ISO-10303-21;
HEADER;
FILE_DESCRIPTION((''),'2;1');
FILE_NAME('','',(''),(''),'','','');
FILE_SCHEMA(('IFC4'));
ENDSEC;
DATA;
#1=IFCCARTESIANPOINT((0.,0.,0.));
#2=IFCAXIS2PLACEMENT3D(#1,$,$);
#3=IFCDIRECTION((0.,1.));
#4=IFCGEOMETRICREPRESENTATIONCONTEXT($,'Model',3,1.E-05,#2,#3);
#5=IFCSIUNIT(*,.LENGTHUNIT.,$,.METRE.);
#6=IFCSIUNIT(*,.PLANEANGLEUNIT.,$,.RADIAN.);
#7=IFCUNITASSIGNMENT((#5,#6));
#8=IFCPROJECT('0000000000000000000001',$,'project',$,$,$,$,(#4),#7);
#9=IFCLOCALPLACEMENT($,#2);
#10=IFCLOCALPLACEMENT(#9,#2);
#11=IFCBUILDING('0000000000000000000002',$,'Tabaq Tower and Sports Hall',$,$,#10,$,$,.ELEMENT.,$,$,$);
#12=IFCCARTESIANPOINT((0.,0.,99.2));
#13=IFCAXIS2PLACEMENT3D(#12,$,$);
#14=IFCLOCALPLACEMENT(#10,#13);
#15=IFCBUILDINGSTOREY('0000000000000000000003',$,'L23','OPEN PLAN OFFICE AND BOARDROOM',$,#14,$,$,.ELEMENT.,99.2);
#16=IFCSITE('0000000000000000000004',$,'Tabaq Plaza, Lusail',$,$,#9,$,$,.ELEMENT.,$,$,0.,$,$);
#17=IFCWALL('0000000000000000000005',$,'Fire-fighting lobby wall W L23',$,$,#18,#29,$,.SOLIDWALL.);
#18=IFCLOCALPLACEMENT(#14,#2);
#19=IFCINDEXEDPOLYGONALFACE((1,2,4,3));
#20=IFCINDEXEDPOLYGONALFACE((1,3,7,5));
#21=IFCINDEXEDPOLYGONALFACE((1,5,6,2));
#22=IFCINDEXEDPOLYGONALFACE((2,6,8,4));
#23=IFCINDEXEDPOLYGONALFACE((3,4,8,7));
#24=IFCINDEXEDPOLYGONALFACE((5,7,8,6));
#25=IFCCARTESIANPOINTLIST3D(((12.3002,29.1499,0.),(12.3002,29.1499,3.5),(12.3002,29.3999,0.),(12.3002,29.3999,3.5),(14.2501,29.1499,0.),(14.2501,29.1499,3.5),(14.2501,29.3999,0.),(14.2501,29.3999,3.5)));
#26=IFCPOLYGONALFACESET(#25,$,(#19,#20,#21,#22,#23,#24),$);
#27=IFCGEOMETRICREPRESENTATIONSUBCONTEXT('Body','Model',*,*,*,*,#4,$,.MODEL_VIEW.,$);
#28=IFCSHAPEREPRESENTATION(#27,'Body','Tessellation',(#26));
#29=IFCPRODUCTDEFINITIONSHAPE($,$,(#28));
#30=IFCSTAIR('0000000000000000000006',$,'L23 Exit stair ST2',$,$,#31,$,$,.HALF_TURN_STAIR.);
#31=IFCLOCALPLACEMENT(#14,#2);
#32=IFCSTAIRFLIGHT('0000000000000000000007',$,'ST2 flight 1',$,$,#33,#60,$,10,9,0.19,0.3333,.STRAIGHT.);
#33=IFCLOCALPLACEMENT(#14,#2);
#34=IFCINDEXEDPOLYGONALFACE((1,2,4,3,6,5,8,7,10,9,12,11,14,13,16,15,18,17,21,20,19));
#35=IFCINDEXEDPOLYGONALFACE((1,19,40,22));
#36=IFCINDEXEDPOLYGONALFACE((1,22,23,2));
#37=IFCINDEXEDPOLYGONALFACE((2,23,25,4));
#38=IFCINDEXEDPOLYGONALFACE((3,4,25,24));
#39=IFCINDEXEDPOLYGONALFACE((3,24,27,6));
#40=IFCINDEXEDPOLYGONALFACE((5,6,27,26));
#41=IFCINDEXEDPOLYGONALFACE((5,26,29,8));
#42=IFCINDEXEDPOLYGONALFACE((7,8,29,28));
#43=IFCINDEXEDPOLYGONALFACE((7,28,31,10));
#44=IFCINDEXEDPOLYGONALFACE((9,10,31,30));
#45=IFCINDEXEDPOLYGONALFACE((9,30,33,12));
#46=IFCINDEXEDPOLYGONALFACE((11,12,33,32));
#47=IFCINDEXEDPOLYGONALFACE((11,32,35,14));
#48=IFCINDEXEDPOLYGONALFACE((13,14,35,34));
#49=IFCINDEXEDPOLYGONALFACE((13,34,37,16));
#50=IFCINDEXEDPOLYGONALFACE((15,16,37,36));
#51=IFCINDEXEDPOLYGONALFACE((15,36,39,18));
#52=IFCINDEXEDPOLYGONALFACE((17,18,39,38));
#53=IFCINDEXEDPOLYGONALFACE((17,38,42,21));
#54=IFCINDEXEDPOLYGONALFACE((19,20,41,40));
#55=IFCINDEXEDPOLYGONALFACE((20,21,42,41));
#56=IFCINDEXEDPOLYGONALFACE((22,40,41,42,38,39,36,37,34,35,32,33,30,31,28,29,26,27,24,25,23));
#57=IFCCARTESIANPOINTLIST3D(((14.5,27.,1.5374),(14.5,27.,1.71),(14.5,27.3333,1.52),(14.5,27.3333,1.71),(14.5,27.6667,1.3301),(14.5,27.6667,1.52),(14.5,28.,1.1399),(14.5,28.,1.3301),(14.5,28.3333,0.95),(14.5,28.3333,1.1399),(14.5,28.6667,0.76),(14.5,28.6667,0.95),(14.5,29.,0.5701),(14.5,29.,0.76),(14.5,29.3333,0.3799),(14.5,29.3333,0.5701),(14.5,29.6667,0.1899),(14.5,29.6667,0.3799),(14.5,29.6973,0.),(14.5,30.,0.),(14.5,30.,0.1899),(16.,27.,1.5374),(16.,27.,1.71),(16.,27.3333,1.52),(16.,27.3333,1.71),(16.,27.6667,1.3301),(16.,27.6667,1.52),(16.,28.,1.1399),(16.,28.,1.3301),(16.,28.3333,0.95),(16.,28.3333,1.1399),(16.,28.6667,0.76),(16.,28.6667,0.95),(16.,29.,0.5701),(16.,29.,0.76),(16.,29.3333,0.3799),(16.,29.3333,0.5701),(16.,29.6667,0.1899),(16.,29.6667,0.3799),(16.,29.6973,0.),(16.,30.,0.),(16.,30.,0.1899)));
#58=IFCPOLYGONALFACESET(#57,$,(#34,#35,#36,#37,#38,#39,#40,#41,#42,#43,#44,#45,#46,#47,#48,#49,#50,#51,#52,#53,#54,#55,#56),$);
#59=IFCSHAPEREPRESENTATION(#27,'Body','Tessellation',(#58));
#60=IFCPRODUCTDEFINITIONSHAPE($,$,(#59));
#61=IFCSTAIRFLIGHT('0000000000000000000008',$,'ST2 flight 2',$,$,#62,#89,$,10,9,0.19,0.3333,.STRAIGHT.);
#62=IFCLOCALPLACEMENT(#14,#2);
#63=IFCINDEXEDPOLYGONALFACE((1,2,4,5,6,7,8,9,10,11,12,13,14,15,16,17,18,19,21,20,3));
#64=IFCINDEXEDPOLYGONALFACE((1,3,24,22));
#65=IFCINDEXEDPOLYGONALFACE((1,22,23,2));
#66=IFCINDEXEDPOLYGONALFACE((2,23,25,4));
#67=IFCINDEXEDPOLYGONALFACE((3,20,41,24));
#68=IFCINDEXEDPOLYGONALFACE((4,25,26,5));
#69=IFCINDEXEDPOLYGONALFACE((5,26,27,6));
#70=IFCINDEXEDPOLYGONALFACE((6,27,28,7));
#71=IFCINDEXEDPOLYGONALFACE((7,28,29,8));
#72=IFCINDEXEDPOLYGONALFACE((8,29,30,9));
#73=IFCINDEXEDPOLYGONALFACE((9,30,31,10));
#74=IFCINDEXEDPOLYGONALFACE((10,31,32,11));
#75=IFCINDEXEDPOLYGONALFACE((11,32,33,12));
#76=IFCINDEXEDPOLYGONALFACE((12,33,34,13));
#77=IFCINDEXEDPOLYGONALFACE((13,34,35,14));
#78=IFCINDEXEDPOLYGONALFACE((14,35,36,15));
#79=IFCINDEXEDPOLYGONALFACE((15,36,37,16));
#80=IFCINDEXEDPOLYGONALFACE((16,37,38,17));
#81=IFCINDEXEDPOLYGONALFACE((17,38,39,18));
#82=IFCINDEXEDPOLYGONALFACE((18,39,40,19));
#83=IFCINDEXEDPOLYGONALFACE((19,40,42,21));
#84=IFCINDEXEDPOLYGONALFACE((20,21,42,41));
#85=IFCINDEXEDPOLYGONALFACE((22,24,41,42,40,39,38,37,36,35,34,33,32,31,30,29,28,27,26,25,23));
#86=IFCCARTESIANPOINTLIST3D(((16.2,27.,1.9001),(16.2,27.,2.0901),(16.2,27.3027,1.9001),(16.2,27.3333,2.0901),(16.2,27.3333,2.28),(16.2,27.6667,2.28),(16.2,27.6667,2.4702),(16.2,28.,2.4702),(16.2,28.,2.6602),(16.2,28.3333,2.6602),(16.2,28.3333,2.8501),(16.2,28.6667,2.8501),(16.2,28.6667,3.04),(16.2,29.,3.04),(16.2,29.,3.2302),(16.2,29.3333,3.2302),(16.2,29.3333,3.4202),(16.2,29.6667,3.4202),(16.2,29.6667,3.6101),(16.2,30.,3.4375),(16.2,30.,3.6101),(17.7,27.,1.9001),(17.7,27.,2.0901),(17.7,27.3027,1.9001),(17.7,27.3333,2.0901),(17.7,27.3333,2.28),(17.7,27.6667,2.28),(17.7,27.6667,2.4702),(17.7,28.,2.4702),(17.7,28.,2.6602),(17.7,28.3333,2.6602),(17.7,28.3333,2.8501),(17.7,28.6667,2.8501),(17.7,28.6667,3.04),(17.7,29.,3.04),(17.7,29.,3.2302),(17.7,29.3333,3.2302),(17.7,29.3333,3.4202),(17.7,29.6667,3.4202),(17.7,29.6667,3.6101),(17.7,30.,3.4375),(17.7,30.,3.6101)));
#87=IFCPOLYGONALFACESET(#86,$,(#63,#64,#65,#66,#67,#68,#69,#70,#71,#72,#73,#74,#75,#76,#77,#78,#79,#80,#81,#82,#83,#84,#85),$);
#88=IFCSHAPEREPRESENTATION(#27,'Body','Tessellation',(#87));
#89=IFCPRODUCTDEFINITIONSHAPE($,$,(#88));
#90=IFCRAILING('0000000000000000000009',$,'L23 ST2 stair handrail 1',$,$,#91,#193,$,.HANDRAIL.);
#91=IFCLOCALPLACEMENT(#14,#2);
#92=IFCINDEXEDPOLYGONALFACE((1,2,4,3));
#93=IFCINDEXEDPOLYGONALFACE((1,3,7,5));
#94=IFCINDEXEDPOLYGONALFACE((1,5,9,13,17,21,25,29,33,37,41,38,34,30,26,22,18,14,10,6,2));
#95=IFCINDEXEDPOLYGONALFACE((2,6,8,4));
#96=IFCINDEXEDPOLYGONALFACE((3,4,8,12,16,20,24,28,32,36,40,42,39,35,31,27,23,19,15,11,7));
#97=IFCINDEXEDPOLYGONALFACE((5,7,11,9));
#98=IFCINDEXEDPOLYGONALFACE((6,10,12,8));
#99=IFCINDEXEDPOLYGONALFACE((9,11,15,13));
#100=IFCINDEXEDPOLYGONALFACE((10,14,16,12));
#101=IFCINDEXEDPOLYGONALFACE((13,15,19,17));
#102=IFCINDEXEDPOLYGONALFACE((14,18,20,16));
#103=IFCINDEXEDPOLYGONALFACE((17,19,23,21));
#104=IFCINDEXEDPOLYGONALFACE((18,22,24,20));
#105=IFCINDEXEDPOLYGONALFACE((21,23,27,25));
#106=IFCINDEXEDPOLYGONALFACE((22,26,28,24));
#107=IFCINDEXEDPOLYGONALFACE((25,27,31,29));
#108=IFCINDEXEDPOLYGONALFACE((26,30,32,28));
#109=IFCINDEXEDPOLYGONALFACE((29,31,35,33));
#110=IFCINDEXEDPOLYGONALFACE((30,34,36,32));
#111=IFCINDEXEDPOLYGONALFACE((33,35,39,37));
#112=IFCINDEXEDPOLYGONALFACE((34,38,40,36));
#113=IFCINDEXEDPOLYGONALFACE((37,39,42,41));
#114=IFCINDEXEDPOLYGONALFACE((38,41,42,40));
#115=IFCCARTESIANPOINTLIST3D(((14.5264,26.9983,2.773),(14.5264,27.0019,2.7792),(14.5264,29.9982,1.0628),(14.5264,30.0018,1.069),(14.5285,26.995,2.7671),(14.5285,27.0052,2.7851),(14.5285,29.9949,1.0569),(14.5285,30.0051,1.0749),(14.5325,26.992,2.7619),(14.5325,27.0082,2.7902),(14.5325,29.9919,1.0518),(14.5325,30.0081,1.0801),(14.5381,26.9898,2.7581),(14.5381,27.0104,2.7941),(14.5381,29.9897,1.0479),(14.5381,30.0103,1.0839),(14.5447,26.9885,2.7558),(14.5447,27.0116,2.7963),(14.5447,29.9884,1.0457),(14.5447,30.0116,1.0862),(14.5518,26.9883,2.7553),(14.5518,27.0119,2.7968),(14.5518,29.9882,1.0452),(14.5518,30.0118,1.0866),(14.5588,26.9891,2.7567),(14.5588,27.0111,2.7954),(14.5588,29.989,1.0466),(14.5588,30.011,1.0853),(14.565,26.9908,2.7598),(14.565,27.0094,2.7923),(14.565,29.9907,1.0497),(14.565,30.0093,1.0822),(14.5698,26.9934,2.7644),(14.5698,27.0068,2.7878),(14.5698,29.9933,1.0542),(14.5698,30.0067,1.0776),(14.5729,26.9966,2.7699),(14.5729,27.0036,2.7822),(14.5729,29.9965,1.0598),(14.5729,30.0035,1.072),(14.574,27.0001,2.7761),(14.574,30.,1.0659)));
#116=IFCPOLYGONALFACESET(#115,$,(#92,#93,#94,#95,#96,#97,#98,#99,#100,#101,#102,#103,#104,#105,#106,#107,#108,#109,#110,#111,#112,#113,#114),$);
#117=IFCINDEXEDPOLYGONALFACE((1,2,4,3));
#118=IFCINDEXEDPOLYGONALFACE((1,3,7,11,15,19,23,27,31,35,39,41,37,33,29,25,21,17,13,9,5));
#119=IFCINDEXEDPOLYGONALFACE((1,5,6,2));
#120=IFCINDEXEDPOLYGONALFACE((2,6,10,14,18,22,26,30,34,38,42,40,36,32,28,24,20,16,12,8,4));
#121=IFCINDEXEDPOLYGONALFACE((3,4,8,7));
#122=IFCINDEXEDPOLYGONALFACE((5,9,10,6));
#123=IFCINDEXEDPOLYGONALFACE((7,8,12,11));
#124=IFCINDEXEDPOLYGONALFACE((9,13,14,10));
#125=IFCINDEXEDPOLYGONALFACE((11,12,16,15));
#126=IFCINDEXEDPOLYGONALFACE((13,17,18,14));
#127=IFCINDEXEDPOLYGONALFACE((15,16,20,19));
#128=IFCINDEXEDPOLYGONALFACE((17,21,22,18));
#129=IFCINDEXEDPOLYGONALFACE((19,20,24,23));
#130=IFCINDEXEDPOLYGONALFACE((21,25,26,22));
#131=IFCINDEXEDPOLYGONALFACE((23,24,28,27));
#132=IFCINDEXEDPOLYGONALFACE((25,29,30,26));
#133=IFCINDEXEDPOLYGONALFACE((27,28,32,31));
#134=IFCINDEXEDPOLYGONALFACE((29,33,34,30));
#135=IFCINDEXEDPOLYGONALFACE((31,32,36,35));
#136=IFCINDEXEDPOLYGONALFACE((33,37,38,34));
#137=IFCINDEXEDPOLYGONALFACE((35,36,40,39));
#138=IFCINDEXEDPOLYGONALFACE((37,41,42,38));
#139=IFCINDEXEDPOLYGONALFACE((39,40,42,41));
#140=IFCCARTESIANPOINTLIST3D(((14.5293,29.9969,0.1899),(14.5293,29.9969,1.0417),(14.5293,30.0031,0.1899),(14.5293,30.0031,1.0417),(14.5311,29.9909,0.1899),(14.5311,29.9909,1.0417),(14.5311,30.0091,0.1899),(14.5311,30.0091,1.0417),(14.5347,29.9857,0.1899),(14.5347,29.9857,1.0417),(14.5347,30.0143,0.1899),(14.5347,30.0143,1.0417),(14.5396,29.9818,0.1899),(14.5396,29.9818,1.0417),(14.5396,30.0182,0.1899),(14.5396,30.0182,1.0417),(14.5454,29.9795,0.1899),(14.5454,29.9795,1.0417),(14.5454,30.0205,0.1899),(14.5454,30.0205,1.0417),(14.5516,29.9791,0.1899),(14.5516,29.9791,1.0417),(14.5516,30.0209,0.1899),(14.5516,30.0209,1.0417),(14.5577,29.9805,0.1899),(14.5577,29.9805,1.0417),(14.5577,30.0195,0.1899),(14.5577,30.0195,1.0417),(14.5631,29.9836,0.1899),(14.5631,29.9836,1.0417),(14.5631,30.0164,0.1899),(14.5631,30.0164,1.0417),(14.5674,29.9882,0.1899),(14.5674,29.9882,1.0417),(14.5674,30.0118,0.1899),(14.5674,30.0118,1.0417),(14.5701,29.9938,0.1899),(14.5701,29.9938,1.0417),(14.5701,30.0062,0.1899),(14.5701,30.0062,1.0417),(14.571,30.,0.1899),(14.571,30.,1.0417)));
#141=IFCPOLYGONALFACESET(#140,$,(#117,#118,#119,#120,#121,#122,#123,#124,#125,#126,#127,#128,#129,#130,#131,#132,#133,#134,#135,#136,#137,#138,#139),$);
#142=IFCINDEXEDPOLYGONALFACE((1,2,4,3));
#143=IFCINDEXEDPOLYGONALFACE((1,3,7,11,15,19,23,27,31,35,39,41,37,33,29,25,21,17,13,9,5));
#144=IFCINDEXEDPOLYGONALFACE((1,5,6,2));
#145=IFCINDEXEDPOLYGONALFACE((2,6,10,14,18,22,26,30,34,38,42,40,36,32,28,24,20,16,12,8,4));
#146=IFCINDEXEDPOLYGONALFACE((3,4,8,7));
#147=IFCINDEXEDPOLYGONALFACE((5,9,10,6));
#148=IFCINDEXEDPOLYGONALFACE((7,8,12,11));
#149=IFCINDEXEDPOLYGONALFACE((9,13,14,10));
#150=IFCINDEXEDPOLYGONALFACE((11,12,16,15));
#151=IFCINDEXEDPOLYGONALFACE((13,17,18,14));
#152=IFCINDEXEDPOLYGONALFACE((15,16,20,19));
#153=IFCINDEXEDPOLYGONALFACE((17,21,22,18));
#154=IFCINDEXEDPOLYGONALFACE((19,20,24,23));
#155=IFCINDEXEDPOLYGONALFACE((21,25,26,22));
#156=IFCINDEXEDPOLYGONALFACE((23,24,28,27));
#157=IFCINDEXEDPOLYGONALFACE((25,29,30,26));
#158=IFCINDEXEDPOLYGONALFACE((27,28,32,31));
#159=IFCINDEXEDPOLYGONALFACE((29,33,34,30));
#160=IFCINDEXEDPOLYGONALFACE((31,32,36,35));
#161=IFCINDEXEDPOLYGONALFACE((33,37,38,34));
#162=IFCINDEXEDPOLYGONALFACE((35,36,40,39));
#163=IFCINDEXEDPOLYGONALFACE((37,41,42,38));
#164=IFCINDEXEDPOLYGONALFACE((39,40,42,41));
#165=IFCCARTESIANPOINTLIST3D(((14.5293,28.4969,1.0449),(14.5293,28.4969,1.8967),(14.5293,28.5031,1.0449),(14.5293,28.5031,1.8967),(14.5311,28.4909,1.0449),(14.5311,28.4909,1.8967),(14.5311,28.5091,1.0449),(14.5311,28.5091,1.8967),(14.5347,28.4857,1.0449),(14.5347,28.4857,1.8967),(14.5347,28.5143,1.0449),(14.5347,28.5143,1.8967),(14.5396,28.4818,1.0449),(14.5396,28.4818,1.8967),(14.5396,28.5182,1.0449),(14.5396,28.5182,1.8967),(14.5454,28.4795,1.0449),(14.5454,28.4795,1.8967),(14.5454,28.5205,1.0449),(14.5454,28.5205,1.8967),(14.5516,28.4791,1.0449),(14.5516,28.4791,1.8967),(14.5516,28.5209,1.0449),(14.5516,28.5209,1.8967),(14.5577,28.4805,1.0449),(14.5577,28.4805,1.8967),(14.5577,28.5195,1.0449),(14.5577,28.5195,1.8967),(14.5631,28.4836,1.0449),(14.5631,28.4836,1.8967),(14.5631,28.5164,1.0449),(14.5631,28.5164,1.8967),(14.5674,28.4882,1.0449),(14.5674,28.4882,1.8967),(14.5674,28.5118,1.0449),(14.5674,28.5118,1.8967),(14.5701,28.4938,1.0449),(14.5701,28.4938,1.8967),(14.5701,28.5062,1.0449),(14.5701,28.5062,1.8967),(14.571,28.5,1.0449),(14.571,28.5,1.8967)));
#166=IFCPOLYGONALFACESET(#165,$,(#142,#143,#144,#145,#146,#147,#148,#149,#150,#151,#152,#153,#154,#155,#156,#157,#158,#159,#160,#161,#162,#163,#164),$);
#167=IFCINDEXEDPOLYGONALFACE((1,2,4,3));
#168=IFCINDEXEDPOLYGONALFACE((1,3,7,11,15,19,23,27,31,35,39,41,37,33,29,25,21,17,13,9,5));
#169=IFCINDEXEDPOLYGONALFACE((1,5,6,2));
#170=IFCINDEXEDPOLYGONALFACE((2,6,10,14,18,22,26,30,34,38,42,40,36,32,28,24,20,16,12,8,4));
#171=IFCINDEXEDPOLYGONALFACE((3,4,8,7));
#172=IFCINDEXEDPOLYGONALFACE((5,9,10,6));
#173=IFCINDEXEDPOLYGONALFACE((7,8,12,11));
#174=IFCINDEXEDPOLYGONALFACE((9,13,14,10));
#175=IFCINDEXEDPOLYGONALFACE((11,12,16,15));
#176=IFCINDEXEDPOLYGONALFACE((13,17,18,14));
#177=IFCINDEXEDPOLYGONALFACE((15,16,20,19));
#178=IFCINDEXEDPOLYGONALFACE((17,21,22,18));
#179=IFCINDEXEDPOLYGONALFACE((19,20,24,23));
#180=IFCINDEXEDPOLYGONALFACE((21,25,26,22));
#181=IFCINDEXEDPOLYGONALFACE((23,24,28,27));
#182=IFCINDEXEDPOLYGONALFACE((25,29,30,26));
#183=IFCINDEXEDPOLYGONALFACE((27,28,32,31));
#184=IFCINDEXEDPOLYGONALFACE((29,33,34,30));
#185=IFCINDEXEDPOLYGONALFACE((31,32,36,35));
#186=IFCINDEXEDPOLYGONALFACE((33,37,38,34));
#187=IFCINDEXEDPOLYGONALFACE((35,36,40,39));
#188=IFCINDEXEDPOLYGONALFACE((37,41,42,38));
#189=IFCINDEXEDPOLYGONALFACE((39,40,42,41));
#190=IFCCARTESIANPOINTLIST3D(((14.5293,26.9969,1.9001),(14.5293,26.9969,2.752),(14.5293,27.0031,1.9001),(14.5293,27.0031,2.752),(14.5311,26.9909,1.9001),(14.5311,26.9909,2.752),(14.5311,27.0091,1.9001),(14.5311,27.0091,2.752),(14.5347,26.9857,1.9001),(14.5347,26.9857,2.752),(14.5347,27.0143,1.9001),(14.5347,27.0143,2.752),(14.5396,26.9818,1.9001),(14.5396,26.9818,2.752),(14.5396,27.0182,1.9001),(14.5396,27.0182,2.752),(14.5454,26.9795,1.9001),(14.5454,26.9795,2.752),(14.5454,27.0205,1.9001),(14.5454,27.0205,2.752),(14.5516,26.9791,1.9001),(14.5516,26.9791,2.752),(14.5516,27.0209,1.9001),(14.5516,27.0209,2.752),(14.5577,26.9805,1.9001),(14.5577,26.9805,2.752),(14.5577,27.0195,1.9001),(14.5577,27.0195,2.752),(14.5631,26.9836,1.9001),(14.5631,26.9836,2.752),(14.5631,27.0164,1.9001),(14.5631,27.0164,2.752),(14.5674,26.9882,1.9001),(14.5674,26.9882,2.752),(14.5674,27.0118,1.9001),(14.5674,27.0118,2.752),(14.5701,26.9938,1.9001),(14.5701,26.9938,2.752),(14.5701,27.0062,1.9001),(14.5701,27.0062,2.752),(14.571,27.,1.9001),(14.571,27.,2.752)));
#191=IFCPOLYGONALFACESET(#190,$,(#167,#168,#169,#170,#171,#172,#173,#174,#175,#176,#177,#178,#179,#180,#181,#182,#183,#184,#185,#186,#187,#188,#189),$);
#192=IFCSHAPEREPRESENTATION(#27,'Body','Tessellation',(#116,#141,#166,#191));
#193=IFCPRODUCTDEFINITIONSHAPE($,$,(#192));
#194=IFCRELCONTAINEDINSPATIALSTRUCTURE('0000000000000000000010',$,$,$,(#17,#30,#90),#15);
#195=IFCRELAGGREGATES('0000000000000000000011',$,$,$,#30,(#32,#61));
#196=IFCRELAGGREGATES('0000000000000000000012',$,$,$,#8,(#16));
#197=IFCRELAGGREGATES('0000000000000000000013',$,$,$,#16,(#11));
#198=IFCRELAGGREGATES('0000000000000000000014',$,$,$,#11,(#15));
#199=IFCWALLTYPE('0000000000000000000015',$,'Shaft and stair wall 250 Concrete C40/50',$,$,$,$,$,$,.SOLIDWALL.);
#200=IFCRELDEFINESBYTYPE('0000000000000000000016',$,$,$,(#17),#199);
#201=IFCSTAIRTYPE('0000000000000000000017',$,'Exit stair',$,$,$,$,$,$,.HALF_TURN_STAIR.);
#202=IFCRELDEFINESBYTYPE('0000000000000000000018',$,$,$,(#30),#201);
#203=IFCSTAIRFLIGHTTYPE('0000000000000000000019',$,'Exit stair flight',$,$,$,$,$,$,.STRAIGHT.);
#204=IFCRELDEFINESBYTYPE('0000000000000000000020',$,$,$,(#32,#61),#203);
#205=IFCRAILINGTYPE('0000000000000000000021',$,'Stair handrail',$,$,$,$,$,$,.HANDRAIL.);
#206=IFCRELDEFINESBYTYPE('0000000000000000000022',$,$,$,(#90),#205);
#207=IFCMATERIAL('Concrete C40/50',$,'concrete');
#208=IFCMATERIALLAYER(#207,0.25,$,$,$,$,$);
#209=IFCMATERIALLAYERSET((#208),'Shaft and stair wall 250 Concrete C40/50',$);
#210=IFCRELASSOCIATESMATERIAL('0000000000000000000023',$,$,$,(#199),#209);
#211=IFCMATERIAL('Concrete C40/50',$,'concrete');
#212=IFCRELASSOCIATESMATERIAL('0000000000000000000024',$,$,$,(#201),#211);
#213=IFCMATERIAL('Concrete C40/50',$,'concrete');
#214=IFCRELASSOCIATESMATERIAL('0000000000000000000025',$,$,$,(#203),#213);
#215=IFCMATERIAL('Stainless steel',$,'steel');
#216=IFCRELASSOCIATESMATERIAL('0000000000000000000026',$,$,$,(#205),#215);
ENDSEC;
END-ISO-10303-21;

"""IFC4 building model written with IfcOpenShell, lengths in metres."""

from ifc_helpers import new_model, si_unit, direction, frame, frame_2d, origin, origin_2d, place, context, subcontext, project, spatial, polyline, rectangle, circle, outline, extrude, material, layer, layer_set, type_object, element, aggregate, save


model = new_model("IFC4")

# Units and contexts
model_context = context("Model", 3, precision=1e-05, world=origin(), true_north=direction((0.0, 1.0)))
body_context = subcontext(model_context, "Body", "Model", "MODEL_VIEW")
ifc_project = project(units=[si_unit("LENGTHUNIT", "METRE"), si_unit("PLANEANGLEUNIT", "RADIAN")], contexts=[model_context])

# Site, building, storey
site_placement = place(None, origin())
site = spatial("IfcSite", under=ifc_project, at=site_placement, Name="Tabaq Plaza, Lusail", CompositionType="ELEMENT", RefElevation=0.0)
building_placement = place(site_placement, origin())
building = spatial("IfcBuilding", under=site, at=building_placement, Name="Tabaq Tower and Sports Hall", CompositionType="ELEMENT")
storey_placement = place(building_placement, frame((0.0, 0.0, 99.2)))
storey = spatial("IfcBuildingStorey", under=building, at=storey_placement, Name="L23", Description="OPEN PLAN OFFICE AND BOARDROOM", CompositionType="ELEMENT", Elevation=99.2)

# Shared definitions
ifc_material_1 = material(Name="Concrete C40/50", Category="concrete")
ifc_layer_1 = layer(ifc_material_1, 0.25)
ifc_layer_set_1 = layer_set([ifc_layer_1], Name="Shaft and stair wall 250 Concrete C40/50")
wall_type_1 = type_object("IfcWallType", Name="Shaft and stair wall 250 Concrete C40/50", PredefinedType="SOLIDWALL", material=ifc_layer_set_1)

# Wall
wall_1_placement = place(storey_placement, frame((12.3, 29.2749, 0.0), z_axis=(0.0, 0.0, 1.0), x_axis=(1.0, 0.0, 0.0)))
element("IfcWall", 1, at=wall_1_placement, inside=storey, type_object=wall_type_1, Name="Fire-fighting lobby wall W L23", PredefinedType="SOLIDWALL", context=body_context, shape_type="SweptSolid", body=[
    extrude(rectangle(XDim=1.95, YDim=0.25, at=frame_2d((0.9751, 0.0))), origin(), (0.0, 0.0, 1.0), 3.5),
])

# Stair, stair flights
ifc_material_2 = material(Name="Concrete C40/50", Category="concrete")
stair_type = type_object("IfcStairType", Name="Exit stair", PredefinedType="HALF_TURN_STAIR", material=ifc_material_2)
stair_placement = place(storey_placement, origin())
stair = element("IfcStair", 2, at=stair_placement, inside=storey, type_object=stair_type, Name="L23 Exit stair ST2", PredefinedType="HALF_TURN_STAIR")
ifc_material_3 = material(Name="Concrete C40/50", Category="concrete")
stair_flight_type = type_object("IfcStairFlightType", Name="Exit stair flight", PredefinedType="STRAIGHT", material=ifc_material_3)
stair_flight_1_placement = place(storey_placement, frame((15.25, 30.0, 0.0), z_axis=(0.0, 0.0, 1.0), x_axis=(0.0, -1.0, 0.0)))
stair_flight_1 = element("IfcStairFlight", 3, at=stair_flight_1_placement, type_object=stair_flight_type, Name="ST2 flight 1", NumberOfRisers=10, NumberOfTreads=9, PredefinedType="STRAIGHT", RiserHeight=0.19, TreadLength=0.3333, context=body_context, shape_type="SweptSolid", body=[
    extrude(outline(polyline([(0.0, 0.0), (0.0, 0.1899), (0.3333, 0.1899), (0.3333, 0.3799), (0.6667, 0.3799), (0.6667, 0.5701), (1.0, 0.5701), (1.0, 0.76), (1.3333, 0.76), (1.3333, 0.95), (1.6667, 0.95), (1.6667, 1.1399), (2.0, 1.1399), (2.0, 1.3301), (2.3333, 1.3301), (2.3333, 1.52), (2.6667, 1.52), (2.6667, 1.71), (3.0, 1.71), (3.0, 1.8999), (3.0, 1.5374), (0.3027, 0.0), (0.0, 0.0)])), frame((0.0, 0.75, 0.0), z_axis=(0.0, -1.0, 0.0), x_axis=(1.0, 0.0, 0.0)), (0.0, 0.0, 1.0), 1.5),
])
stair_flight_2_placement = place(storey_placement, frame((16.95, 27.0, 1.9001), z_axis=(0.0, 0.0, 1.0), x_axis=(0.0, 1.0, 0.0)))
stair_flight_2 = element("IfcStairFlight", 4, at=stair_flight_2_placement, type_object=stair_flight_type, Name="ST2 flight 2", NumberOfRisers=10, NumberOfTreads=9, PredefinedType="STRAIGHT", RiserHeight=0.19, TreadLength=0.3333, context=body_context, shape_type="SweptSolid", body=[
    extrude(outline(polyline([(0.0, 0.0), (0.0, 0.1899), (0.3333, 0.1899), (0.3333, 0.3799), (0.6667, 0.3799), (0.6667, 0.5701), (1.0, 0.5701), (1.0, 0.76), (1.3333, 0.76), (1.3333, 0.95), (1.6667, 0.95), (1.6667, 1.1399), (2.0, 1.1399), (2.0, 1.3301), (2.3333, 1.3301), (2.3333, 1.52), (2.6667, 1.52), (2.6667, 1.71), (3.0, 1.71), (3.0, 1.8999), (3.0, 1.5374), (0.3027, 0.0), (0.0, 0.0)])), frame((0.0, 0.75, 0.0), z_axis=(0.0, -1.0, 0.0), x_axis=(1.0, 0.0, 0.0)), (0.0, 0.0, 1.0), 1.5),
])
aggregate(stair, [stair_flight_1, stair_flight_2])

# Railing
ifc_material_4 = material(Name="Stainless steel", Category="steel")
railing_type_1 = type_object("IfcRailingType", Name="Stair handrail", PredefinedType="HANDRAIL", material=ifc_material_4)
railing_1_placement = place(storey_placement, frame((14.55, 30.0, 0.1899)))
element("IfcRailing", 5, at=railing_1_placement, inside=storey, type_object=railing_type_1, Name="L23 ST2 stair handrail 1", PredefinedType="HANDRAIL", context=body_context, shape_type="SweptSolid", body=[
    extrude(circle(Radius=0.0239, at=origin_2d()), frame((0.0, 0.0, 0.876), z_axis=(0.0, -0.868752, 0.495248), x_axis=(1.0, 0.0, 0.0)), (0.0, 0.0, 1.0), 3.4531),
    extrude(circle(Radius=0.021, at=origin_2d()), origin(), (0.0, 0.0, 1.0), 0.8518),
    extrude(circle(Radius=0.021, at=origin_2d()), frame((0.0, -1.5, 0.855)), (0.0, 0.0, 1.0), 0.8518),
    extrude(circle(Radius=0.021, at=origin_2d()), frame((0.0, -3.0, 1.7102)), (0.0, 0.0, 1.0), 0.8518),
])

save(model, "model.ifc")
